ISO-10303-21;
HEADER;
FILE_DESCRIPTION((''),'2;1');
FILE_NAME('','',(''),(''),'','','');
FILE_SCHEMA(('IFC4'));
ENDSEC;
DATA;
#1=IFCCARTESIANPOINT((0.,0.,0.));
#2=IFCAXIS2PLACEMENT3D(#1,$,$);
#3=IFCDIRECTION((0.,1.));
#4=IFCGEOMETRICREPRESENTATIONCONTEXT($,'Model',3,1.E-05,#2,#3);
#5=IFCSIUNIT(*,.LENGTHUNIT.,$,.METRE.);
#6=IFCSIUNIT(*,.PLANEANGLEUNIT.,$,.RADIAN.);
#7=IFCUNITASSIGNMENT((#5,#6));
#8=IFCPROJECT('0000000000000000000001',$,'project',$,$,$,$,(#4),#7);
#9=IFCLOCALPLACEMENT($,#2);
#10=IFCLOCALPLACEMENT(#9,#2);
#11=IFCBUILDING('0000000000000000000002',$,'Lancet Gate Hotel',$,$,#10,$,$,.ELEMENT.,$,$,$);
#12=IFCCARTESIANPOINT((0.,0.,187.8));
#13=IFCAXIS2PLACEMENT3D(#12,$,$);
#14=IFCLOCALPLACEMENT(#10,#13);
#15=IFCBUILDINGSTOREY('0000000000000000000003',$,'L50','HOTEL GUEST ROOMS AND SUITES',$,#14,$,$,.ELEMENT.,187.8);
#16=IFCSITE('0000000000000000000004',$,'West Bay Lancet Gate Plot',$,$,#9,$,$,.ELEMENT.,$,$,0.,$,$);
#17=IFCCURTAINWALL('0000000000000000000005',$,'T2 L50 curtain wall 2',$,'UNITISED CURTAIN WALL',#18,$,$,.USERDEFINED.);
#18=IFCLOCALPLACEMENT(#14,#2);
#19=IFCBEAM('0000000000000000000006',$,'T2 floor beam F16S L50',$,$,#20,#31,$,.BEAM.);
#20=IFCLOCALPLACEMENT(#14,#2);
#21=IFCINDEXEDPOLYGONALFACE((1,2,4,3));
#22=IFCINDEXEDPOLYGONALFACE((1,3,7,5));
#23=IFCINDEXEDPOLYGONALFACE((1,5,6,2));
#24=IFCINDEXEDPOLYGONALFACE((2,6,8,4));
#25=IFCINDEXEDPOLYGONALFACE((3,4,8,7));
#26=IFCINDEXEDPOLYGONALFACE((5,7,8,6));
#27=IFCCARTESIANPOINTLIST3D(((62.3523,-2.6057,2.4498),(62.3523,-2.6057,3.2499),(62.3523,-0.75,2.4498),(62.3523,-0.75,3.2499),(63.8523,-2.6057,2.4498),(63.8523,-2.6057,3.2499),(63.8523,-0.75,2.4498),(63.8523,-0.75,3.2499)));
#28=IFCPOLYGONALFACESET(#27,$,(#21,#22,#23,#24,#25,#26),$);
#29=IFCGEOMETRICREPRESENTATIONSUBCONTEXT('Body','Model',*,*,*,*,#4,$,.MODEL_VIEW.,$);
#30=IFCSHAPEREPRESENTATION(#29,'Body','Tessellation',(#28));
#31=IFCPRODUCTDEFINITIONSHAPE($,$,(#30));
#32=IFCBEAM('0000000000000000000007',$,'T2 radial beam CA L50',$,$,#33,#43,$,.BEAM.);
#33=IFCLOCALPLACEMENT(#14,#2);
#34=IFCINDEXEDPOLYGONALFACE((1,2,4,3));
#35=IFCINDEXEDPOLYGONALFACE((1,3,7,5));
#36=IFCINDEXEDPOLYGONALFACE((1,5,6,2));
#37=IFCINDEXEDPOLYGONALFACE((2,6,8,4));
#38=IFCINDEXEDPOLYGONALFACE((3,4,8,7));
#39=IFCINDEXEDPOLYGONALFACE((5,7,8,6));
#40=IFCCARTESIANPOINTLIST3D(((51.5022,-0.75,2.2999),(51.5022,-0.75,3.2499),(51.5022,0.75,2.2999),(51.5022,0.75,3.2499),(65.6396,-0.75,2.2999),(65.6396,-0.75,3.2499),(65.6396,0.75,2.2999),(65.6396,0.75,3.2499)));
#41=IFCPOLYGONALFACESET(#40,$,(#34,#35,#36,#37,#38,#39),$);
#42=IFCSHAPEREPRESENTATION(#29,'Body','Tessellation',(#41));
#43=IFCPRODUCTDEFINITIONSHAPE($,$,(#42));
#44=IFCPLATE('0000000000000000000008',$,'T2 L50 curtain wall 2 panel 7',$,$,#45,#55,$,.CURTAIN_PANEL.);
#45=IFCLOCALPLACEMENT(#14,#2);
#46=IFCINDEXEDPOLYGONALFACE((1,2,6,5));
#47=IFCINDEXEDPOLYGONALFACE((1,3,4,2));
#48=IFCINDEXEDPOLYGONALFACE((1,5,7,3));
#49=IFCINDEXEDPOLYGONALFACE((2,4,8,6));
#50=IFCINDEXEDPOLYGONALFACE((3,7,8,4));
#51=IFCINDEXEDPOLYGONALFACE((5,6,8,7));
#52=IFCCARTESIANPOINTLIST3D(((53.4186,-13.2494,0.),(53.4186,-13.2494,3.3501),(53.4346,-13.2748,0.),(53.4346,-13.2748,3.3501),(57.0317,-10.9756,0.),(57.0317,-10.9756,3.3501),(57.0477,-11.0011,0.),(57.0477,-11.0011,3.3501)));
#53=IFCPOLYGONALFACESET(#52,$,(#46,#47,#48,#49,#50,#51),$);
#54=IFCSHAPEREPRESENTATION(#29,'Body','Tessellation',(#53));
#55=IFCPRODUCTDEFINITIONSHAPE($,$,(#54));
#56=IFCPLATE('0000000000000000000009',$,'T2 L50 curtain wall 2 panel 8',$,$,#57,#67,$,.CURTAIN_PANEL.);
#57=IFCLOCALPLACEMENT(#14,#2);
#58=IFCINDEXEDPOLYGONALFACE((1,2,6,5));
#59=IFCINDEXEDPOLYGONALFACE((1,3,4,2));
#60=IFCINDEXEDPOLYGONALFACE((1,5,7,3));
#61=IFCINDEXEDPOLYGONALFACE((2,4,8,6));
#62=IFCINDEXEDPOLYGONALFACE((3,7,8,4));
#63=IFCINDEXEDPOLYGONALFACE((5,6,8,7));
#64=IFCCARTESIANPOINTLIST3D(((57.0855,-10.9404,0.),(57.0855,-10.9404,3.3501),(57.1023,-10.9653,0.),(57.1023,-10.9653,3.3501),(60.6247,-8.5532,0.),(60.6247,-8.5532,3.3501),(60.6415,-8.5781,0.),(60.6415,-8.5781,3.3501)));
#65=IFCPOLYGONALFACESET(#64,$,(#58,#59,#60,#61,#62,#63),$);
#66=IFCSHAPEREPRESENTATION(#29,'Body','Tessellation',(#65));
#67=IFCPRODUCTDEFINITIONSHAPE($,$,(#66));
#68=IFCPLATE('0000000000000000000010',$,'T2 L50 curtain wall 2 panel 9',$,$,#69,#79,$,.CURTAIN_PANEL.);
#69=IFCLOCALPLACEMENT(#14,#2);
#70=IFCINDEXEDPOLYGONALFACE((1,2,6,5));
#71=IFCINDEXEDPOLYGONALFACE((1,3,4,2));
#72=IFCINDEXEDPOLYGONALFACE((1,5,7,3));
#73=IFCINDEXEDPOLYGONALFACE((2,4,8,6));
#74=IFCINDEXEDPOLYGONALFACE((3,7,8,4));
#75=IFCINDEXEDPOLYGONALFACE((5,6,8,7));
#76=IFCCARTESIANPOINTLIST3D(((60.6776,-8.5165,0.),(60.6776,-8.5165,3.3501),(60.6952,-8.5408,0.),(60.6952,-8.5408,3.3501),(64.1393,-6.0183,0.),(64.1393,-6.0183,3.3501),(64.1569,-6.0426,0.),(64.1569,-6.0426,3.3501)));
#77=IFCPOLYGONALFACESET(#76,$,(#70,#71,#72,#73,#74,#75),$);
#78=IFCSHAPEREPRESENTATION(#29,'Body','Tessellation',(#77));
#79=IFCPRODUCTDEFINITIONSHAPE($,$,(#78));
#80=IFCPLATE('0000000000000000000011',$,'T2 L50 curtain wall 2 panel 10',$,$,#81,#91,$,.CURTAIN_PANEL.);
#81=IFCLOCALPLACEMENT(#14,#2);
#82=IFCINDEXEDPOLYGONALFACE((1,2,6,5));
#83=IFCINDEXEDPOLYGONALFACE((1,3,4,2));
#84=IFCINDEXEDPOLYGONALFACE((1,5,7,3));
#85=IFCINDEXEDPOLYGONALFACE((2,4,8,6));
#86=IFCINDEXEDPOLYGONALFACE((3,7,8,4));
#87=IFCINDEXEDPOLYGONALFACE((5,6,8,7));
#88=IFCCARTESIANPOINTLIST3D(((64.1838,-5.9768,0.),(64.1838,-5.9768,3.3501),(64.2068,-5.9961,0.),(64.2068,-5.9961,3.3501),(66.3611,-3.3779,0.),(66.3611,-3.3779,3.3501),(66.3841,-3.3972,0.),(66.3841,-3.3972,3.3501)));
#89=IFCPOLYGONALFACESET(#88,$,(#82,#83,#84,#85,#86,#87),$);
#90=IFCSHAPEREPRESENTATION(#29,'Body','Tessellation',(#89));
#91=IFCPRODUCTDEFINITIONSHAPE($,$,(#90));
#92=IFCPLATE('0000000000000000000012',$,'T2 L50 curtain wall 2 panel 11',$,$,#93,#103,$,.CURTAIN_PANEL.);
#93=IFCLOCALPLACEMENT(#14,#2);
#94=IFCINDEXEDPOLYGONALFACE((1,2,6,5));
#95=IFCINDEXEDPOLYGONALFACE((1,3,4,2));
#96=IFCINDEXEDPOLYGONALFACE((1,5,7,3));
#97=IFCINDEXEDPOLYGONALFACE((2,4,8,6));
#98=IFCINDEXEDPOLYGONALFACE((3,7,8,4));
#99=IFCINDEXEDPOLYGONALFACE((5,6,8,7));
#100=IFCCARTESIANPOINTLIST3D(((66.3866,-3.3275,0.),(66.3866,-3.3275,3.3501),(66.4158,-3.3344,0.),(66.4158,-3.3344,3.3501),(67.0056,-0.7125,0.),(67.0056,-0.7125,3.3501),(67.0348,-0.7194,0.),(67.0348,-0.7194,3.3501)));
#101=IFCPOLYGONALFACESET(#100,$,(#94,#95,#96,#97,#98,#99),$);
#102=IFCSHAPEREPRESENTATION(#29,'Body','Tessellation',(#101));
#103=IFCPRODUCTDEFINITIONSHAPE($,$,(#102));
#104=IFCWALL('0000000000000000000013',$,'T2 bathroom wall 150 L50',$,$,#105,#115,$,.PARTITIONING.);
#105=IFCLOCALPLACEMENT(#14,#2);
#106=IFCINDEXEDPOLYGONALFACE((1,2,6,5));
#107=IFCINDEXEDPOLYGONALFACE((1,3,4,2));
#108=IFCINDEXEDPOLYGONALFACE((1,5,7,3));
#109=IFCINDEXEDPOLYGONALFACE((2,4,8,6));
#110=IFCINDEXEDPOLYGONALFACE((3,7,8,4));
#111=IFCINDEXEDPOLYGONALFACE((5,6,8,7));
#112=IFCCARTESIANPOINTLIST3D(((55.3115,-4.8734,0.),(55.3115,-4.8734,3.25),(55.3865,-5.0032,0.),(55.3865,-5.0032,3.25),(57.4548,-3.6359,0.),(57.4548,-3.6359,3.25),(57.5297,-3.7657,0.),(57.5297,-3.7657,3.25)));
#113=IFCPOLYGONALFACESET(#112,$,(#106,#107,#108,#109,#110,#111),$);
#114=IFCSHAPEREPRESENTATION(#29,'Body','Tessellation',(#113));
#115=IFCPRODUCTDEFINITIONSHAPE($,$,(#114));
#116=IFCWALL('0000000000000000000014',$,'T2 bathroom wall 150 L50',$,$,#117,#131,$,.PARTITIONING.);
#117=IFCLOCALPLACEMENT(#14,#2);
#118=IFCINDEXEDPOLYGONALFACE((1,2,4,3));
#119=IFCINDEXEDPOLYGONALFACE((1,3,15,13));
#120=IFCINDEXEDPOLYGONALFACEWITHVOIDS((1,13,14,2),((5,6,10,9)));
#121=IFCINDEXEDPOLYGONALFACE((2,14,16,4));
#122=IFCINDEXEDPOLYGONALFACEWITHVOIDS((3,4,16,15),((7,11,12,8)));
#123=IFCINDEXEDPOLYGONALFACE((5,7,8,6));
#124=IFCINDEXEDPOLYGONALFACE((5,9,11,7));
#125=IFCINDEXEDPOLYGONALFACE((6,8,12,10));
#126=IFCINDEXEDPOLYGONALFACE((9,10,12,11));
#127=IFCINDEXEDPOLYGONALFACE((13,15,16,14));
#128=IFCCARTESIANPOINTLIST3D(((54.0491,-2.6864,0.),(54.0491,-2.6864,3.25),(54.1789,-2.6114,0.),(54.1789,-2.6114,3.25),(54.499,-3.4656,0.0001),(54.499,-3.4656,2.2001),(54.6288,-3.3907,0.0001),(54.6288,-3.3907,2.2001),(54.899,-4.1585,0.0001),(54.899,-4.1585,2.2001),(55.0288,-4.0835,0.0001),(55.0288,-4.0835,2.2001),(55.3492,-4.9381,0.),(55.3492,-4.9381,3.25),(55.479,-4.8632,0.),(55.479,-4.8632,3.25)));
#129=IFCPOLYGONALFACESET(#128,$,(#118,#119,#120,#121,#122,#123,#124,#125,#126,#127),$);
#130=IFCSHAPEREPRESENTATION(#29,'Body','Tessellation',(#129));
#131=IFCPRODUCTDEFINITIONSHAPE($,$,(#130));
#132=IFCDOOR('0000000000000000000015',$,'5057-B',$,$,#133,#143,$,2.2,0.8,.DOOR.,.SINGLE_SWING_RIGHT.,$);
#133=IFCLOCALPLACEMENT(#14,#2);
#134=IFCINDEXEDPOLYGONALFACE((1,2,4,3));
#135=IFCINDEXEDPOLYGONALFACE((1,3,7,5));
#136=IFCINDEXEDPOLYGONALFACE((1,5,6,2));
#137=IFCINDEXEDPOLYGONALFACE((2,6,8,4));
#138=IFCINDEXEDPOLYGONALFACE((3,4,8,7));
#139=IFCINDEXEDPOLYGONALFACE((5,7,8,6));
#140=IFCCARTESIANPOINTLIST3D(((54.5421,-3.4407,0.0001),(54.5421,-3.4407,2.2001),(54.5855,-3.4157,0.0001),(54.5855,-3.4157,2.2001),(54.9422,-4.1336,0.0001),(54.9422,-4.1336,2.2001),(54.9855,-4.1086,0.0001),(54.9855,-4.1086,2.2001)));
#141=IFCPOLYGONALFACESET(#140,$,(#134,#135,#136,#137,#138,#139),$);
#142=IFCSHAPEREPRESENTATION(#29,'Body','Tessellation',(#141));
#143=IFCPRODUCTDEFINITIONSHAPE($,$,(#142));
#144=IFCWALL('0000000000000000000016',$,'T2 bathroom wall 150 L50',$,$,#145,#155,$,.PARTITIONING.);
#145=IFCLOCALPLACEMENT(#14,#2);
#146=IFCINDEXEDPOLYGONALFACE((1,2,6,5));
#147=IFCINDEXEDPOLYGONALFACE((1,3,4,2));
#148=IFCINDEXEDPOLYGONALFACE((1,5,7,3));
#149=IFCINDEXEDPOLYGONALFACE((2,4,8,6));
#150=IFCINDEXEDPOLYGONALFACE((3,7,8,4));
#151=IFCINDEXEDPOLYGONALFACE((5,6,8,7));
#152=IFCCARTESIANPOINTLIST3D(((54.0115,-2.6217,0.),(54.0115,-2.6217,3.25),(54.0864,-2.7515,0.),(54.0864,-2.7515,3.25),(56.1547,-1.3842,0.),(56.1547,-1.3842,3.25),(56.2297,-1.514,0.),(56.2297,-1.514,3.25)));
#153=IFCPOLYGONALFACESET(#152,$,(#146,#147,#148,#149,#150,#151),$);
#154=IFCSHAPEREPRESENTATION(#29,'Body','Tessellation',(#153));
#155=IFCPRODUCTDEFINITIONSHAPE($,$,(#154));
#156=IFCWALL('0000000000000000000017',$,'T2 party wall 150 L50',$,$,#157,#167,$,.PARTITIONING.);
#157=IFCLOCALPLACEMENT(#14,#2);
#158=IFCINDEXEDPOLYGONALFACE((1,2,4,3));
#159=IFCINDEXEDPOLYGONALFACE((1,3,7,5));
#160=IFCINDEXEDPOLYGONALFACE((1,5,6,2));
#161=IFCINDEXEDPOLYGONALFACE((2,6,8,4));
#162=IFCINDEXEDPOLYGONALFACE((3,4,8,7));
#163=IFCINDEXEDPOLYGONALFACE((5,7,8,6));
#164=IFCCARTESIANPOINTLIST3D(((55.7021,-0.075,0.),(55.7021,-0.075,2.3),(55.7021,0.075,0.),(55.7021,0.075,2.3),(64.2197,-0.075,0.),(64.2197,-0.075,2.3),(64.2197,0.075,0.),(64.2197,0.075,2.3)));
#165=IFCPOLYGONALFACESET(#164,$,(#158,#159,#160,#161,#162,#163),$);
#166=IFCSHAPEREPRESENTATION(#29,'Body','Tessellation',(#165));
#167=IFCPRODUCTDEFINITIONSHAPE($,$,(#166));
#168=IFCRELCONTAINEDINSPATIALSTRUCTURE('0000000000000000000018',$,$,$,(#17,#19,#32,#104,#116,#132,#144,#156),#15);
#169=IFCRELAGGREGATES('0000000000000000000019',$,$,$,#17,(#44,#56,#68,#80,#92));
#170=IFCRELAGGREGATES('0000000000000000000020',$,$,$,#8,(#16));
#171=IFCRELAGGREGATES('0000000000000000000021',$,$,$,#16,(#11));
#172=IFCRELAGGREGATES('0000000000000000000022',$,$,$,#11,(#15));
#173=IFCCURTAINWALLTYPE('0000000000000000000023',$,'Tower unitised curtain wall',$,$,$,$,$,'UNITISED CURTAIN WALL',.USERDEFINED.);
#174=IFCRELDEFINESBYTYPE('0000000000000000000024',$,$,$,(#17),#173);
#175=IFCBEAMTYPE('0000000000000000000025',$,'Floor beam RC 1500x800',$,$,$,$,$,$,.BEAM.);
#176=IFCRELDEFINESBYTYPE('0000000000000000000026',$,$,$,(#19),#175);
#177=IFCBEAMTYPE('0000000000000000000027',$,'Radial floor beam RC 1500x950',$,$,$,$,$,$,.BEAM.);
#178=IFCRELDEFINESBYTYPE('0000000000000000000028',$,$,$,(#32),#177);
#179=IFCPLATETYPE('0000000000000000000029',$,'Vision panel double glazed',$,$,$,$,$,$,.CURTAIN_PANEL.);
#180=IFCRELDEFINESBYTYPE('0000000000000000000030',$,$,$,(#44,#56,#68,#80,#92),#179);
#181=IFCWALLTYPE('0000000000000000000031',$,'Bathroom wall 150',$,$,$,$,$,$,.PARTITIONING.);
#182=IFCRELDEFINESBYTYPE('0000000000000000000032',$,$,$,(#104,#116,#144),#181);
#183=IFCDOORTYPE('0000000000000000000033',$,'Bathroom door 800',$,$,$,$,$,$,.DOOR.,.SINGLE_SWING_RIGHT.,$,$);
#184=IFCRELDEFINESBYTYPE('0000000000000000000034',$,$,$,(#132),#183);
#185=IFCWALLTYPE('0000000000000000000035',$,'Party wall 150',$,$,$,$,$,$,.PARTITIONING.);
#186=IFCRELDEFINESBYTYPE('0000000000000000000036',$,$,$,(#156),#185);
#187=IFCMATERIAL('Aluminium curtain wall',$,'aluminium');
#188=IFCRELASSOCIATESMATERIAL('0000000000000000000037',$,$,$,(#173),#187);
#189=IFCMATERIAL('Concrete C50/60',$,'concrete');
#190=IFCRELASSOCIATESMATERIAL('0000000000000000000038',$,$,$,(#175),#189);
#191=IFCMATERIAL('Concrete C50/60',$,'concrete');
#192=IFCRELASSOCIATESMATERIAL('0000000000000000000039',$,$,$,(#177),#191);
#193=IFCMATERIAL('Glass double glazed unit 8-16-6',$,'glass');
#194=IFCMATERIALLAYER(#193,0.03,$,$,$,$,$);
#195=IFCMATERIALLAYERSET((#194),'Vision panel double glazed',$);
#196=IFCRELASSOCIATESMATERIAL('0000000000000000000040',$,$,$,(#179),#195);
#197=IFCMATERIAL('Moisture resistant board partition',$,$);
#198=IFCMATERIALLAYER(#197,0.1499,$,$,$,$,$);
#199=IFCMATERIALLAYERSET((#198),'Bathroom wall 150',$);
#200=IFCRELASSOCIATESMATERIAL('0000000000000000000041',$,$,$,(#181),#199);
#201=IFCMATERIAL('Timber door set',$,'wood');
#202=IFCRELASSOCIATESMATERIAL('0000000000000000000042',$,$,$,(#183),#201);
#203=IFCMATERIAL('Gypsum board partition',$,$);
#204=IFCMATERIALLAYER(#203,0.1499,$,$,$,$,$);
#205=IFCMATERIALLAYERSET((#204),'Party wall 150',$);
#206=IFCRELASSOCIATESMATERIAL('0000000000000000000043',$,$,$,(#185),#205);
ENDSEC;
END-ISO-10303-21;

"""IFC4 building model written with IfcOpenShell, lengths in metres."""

from ifc_helpers import new_model, si_unit, direction, frame, frame_2d, origin, origin_2d, place, context, subcontext, project, spatial, rectangle, extrude, material, layer, layer_set, material_profile, profile_set, type_object, element, fill, aggregate, save


model = new_model("IFC4")

# Units and contexts
model_context = context("Model", 3, precision=1e-05, world=origin(), true_north=direction((0.0, 1.0)))
body_context = subcontext(model_context, "Body", "Model", "MODEL_VIEW")
ifc_project = project(units=[si_unit("LENGTHUNIT", "METRE"), si_unit("PLANEANGLEUNIT", "RADIAN")], contexts=[model_context])

# Site, building, storey
site_placement = place(None, origin())
site = spatial("IfcSite", under=ifc_project, at=site_placement, Name="West Bay Lancet Gate Plot", CompositionType="ELEMENT", RefElevation=0.0)
building_placement = place(site_placement, origin())
building = spatial("IfcBuilding", under=site, at=building_placement, Name="Lancet Gate Hotel", CompositionType="ELEMENT")
storey_placement = place(building_placement, frame((0.0, 0.0, 187.8)))
storey = spatial("IfcBuildingStorey", under=building, at=storey_placement, Name="L50", Description="HOTEL GUEST ROOMS AND SUITES", CompositionType="ELEMENT", Elevation=187.8)

# Curtain wall
ifc_material_1 = material(Name="Aluminium curtain wall", Category="aluminium")
curtain_wall_type = type_object("IfcCurtainWallType", Name="Tower unitised curtain wall", ElementType="UNITISED CURTAIN WALL", PredefinedType="USERDEFINED", material=ifc_material_1)
curtain_wall_placement = place(storey_placement, origin())
curtain_wall = element("IfcCurtainWall", 1, at=curtain_wall_placement, inside=storey, type_object=curtain_wall_type, Name="T2 L50 curtain wall 2", ObjectType="UNITISED CURTAIN WALL", PredefinedType="USERDEFINED")

# Beams
ifc_material_2 = material(Name="Concrete C50/60", Category="concrete")
ifc_material_profile_1 = material_profile(ifc_material_2, rectangle(XDim=1.5, YDim=0.8, at=origin_2d()), Name="RC 1500x800")
ifc_profile_set_1 = profile_set([ifc_material_profile_1], Name="Concrete C50/60")
beam_type_1 = type_object("IfcBeamType", Name="Floor beam RC 1500x800", PredefinedType="BEAM", material=ifc_profile_set_1)
beam_1_placement = place(storey_placement, frame((63.1023, -2.6057, 2.8499), z_axis=(0.0, 1.0, 0.0), x_axis=(-1.0, 0.0, 0.0)))
element("IfcBeam", 2, at=beam_1_placement, inside=storey, type_object=beam_type_1, Name="T2 floor beam F16S L50", PredefinedType="BEAM", context=body_context, shape_type="SweptSolid", body=[
    extrude(rectangle(XDim=1.5, YDim=0.8, at=origin_2d()), origin(), (0.0, 0.0, 1.0), 1.8557),
])
ifc_material_3 = material(Name="Concrete C50/60", Category="concrete")
ifc_material_profile_2 = material_profile(ifc_material_3, rectangle(XDim=1.5, YDim=0.95, at=origin_2d()), Name="RC 1500x950")
ifc_profile_set_2 = profile_set([ifc_material_profile_2], Name="Concrete C50/60")
beam_type_2 = type_object("IfcBeamType", Name="Radial floor beam RC 1500x950", PredefinedType="BEAM", material=ifc_profile_set_2)
beam_2_placement = place(storey_placement, frame((65.6396, 0.0, 2.7749), z_axis=(-1.0, 0.0, 0.0), x_axis=(0.0, -1.0, 0.0)))
element("IfcBeam", 3, at=beam_2_placement, inside=storey, type_object=beam_type_2, Name="T2 radial beam CA L50", PredefinedType="BEAM", context=body_context, shape_type="SweptSolid", body=[
    extrude(rectangle(XDim=1.5, YDim=0.95, at=origin_2d()), origin(), (0.0, 0.0, 1.0), 14.1375),
])

# Plates
ifc_material_4 = material(Name="Glass double glazed unit 8-16-6", Category="glass")
ifc_layer_1 = layer(ifc_material_4, 0.03)
ifc_layer_set_1 = layer_set([ifc_layer_1], Name="Vision panel double glazed")
plate_type = type_object("IfcPlateType", Name="Vision panel double glazed", PredefinedType="CURTAIN_PANEL", material=ifc_layer_set_1)
plate_1_placement = place(storey_placement, frame((55.2332, -12.1252, 0.0), z_axis=(0.0, 0.0, 1.0), x_axis=(0.846352, 0.532623, 0.0)))
plate_1 = element("IfcPlate", 4, at=plate_1_placement, type_object=plate_type, Name="T2 L50 curtain wall 2 panel 7", PredefinedType="CURTAIN_PANEL", context=body_context, shape_type="SweptSolid", body=[
    extrude(rectangle(XDim=4.269, YDim=0.03, at=origin_2d()), origin(), (0.0, 0.0, 1.0), 3.3501),
])
plate_2_placement = place(storey_placement, frame((58.8635, -9.7593, 0.0), z_axis=(0.0, 0.0, 1.0), x_axis=(0.829039, 0.559191, 0.0)))
plate_2 = element("IfcPlate", 5, at=plate_2_placement, type_object=plate_type, Name="T2 L50 curtain wall 2 panel 8", PredefinedType="CURTAIN_PANEL", context=body_context, shape_type="SweptSolid", body=[
    extrude(rectangle(XDim=4.269, YDim=0.03, at=origin_2d()), origin(), (0.0, 0.0, 1.0), 3.3501),
])
plate_3_placement = place(storey_placement, frame((62.4172, -7.2795, 0.0), z_axis=(0.0, 0.0, 1.0), x_axis=(0.810891, 0.585197, 0.0)))
plate_3 = element("IfcPlate", 6, at=plate_3_placement, type_object=plate_type, Name="T2 L50 curtain wall 2 panel 9", PredefinedType="CURTAIN_PANEL", context=body_context, shape_type="SweptSolid", body=[
    extrude(rectangle(XDim=4.269, YDim=0.03, at=origin_2d()), origin(), (0.0, 0.0, 1.0), 3.3501),
])
plate_4_placement = place(storey_placement, frame((65.2839, -4.687, 0.0), z_axis=(0.0, 0.0, 1.0), x_axis=(0.642199, 0.766538, 0.0)))
plate_4 = element("IfcPlate", 7, at=plate_4_placement, type_object=plate_type, Name="T2 L50 curtain wall 2 panel 10", PredefinedType="CURTAIN_PANEL", context=body_context, shape_type="SweptSolid", body=[
    extrude(rectangle(XDim=3.3904, YDim=0.03, at=origin_2d()), origin(), (0.0, 0.0, 1.0), 3.3501),
])
plate_5_placement = place(storey_placement, frame((66.7107, -2.0234, 0.0), z_axis=(0.0, 0.0, 1.0), x_axis=(0.230367, 0.973104, 0.0)))
plate_5 = element("IfcPlate", 8, at=plate_5_placement, type_object=plate_type, Name="T2 L50 curtain wall 2 panel 11", PredefinedType="CURTAIN_PANEL", context=body_context, shape_type="SweptSolid", body=[
    extrude(rectangle(XDim=2.6873, YDim=0.03, at=origin_2d()), origin(), (0.0, 0.0, 1.0), 3.3501),
])
aggregate(curtain_wall, [plate_1, plate_2, plate_3, plate_4, plate_5])

# Wall
ifc_material_5 = material(Name="Moisture resistant board partition")
ifc_layer_2 = layer(ifc_material_5, 0.1499)
ifc_layer_set_2 = layer_set([ifc_layer_2], Name="Bathroom wall 150")
wall_type_1 = type_object("IfcWallType", Name="Bathroom wall 150", PredefinedType="PARTITIONING", material=ifc_layer_set_2)
wall_1_placement = place(storey_placement, frame((55.3491, -4.9382, 0.0), z_axis=(0.0, 0.0, 1.0), x_axis=(0.866007, 0.500033, 0.0)))
element("IfcWall", 9, at=wall_1_placement, inside=storey, type_object=wall_type_1, Name="T2 bathroom wall 150 L50", PredefinedType="PARTITIONING", context=body_context, shape_type="SweptSolid", body=[
    extrude(rectangle(XDim=2.4749, YDim=0.1499, at=frame_2d((1.2373, 0.0))), origin(), (0.0, 0.0, 1.0), 3.25),
])

# Wall, opening, door
wall_2_placement = place(storey_placement, frame((54.114, -2.6489, 0.0), z_axis=(0.0, 0.0, 1.0), x_axis=(0.500007, -0.866021, 0.0)))
wall_2 = element("IfcWall", 10, at=wall_2_placement, inside=storey, type_object=wall_type_1, Name="T2 bathroom wall 150 L50", PredefinedType="PARTITIONING", context=body_context, shape_type="SweptSolid", body=[
    extrude(rectangle(XDim=2.6001, YDim=0.1499, at=frame_2d((1.3, 0.0))), origin(), (0.0, 0.0, 1.0), 3.25),
])
opening_placement = place(wall_2_placement, frame((0.8999, 0.0, 0.0)))
opening = element("IfcOpeningElement", 11, at=opening_placement, cuts=wall_2, PredefinedType="OPENING", context=body_context, shape_type="SweptSolid", body=[
    extrude(rectangle(XDim=0.8, YDim=2.2, at=frame_2d((0.3999, 1.1001))), frame((0.0, 0.085, 0.0), z_axis=(0.0, -1.0, 0.0), x_axis=(1.0, 0.0, 0.0)), (0.0, 0.0, 1.0), 0.1699),
])
ifc_material_6 = material(Name="Timber door set", Category="wood")
door_type = type_object("IfcDoorType", Name="Bathroom door 800", OperationType="SINGLE_SWING_RIGHT", PredefinedType="DOOR", material=ifc_material_6)
door_placement = place(opening_placement, origin())
door = element("IfcDoor", 12, at=door_placement, inside=storey, type_object=door_type, Name="5057-B", OperationType="SINGLE_SWING_RIGHT", OverallHeight=2.2, OverallWidth=0.8, PredefinedType="DOOR", context=body_context, shape_type="SweptSolid", body=[
    extrude(rectangle(XDim=0.8, YDim=2.2, at=frame_2d((0.3999, 1.1001))), frame((0.0, 0.0249, 0.0), z_axis=(0.0, -1.0, 0.0), x_axis=(1.0, 0.0, 0.0)), (0.0, 0.0, 1.0), 0.05),
])
fill(opening, door)

# Walls
wall_3_placement = place(storey_placement, frame((54.0491, -2.6865, 0.0), z_axis=(0.0, 0.0, 1.0), x_axis=(0.866007, 0.500033, 0.0)))
element("IfcWall", 13, at=wall_3_placement, inside=storey, type_object=wall_type_1, Name="T2 bathroom wall 150 L50", PredefinedType="PARTITIONING", context=body_context, shape_type="SweptSolid", body=[
    extrude(rectangle(XDim=2.4749, YDim=0.1499, at=frame_2d((1.2373, 0.0))), origin(), (0.0, 0.0, 1.0), 3.25),
])
ifc_material_7 = material(Name="Gypsum board partition")
ifc_layer_3 = layer(ifc_material_7, 0.1499)
ifc_layer_set_3 = layer_set([ifc_layer_3], Name="Party wall 150")
wall_type_2 = type_object("IfcWallType", Name="Party wall 150", PredefinedType="PARTITIONING", material=ifc_layer_set_3)
wall_4_placement = place(storey_placement, frame((55.7021, 0.0, 0.0), z_axis=(0.0, 0.0, 1.0), x_axis=(1.0, 0.0, 0.0)))
element("IfcWall", 14, at=wall_4_placement, inside=storey, type_object=wall_type_2, Name="T2 party wall 150 L50", PredefinedType="PARTITIONING", context=body_context, shape_type="SweptSolid", body=[
    extrude(rectangle(XDim=8.5176, YDim=0.1499, at=frame_2d((4.2588, 0.0))), origin(), (0.0, 0.0, 1.0), 2.3),
])

save(model, "model.ifc")
